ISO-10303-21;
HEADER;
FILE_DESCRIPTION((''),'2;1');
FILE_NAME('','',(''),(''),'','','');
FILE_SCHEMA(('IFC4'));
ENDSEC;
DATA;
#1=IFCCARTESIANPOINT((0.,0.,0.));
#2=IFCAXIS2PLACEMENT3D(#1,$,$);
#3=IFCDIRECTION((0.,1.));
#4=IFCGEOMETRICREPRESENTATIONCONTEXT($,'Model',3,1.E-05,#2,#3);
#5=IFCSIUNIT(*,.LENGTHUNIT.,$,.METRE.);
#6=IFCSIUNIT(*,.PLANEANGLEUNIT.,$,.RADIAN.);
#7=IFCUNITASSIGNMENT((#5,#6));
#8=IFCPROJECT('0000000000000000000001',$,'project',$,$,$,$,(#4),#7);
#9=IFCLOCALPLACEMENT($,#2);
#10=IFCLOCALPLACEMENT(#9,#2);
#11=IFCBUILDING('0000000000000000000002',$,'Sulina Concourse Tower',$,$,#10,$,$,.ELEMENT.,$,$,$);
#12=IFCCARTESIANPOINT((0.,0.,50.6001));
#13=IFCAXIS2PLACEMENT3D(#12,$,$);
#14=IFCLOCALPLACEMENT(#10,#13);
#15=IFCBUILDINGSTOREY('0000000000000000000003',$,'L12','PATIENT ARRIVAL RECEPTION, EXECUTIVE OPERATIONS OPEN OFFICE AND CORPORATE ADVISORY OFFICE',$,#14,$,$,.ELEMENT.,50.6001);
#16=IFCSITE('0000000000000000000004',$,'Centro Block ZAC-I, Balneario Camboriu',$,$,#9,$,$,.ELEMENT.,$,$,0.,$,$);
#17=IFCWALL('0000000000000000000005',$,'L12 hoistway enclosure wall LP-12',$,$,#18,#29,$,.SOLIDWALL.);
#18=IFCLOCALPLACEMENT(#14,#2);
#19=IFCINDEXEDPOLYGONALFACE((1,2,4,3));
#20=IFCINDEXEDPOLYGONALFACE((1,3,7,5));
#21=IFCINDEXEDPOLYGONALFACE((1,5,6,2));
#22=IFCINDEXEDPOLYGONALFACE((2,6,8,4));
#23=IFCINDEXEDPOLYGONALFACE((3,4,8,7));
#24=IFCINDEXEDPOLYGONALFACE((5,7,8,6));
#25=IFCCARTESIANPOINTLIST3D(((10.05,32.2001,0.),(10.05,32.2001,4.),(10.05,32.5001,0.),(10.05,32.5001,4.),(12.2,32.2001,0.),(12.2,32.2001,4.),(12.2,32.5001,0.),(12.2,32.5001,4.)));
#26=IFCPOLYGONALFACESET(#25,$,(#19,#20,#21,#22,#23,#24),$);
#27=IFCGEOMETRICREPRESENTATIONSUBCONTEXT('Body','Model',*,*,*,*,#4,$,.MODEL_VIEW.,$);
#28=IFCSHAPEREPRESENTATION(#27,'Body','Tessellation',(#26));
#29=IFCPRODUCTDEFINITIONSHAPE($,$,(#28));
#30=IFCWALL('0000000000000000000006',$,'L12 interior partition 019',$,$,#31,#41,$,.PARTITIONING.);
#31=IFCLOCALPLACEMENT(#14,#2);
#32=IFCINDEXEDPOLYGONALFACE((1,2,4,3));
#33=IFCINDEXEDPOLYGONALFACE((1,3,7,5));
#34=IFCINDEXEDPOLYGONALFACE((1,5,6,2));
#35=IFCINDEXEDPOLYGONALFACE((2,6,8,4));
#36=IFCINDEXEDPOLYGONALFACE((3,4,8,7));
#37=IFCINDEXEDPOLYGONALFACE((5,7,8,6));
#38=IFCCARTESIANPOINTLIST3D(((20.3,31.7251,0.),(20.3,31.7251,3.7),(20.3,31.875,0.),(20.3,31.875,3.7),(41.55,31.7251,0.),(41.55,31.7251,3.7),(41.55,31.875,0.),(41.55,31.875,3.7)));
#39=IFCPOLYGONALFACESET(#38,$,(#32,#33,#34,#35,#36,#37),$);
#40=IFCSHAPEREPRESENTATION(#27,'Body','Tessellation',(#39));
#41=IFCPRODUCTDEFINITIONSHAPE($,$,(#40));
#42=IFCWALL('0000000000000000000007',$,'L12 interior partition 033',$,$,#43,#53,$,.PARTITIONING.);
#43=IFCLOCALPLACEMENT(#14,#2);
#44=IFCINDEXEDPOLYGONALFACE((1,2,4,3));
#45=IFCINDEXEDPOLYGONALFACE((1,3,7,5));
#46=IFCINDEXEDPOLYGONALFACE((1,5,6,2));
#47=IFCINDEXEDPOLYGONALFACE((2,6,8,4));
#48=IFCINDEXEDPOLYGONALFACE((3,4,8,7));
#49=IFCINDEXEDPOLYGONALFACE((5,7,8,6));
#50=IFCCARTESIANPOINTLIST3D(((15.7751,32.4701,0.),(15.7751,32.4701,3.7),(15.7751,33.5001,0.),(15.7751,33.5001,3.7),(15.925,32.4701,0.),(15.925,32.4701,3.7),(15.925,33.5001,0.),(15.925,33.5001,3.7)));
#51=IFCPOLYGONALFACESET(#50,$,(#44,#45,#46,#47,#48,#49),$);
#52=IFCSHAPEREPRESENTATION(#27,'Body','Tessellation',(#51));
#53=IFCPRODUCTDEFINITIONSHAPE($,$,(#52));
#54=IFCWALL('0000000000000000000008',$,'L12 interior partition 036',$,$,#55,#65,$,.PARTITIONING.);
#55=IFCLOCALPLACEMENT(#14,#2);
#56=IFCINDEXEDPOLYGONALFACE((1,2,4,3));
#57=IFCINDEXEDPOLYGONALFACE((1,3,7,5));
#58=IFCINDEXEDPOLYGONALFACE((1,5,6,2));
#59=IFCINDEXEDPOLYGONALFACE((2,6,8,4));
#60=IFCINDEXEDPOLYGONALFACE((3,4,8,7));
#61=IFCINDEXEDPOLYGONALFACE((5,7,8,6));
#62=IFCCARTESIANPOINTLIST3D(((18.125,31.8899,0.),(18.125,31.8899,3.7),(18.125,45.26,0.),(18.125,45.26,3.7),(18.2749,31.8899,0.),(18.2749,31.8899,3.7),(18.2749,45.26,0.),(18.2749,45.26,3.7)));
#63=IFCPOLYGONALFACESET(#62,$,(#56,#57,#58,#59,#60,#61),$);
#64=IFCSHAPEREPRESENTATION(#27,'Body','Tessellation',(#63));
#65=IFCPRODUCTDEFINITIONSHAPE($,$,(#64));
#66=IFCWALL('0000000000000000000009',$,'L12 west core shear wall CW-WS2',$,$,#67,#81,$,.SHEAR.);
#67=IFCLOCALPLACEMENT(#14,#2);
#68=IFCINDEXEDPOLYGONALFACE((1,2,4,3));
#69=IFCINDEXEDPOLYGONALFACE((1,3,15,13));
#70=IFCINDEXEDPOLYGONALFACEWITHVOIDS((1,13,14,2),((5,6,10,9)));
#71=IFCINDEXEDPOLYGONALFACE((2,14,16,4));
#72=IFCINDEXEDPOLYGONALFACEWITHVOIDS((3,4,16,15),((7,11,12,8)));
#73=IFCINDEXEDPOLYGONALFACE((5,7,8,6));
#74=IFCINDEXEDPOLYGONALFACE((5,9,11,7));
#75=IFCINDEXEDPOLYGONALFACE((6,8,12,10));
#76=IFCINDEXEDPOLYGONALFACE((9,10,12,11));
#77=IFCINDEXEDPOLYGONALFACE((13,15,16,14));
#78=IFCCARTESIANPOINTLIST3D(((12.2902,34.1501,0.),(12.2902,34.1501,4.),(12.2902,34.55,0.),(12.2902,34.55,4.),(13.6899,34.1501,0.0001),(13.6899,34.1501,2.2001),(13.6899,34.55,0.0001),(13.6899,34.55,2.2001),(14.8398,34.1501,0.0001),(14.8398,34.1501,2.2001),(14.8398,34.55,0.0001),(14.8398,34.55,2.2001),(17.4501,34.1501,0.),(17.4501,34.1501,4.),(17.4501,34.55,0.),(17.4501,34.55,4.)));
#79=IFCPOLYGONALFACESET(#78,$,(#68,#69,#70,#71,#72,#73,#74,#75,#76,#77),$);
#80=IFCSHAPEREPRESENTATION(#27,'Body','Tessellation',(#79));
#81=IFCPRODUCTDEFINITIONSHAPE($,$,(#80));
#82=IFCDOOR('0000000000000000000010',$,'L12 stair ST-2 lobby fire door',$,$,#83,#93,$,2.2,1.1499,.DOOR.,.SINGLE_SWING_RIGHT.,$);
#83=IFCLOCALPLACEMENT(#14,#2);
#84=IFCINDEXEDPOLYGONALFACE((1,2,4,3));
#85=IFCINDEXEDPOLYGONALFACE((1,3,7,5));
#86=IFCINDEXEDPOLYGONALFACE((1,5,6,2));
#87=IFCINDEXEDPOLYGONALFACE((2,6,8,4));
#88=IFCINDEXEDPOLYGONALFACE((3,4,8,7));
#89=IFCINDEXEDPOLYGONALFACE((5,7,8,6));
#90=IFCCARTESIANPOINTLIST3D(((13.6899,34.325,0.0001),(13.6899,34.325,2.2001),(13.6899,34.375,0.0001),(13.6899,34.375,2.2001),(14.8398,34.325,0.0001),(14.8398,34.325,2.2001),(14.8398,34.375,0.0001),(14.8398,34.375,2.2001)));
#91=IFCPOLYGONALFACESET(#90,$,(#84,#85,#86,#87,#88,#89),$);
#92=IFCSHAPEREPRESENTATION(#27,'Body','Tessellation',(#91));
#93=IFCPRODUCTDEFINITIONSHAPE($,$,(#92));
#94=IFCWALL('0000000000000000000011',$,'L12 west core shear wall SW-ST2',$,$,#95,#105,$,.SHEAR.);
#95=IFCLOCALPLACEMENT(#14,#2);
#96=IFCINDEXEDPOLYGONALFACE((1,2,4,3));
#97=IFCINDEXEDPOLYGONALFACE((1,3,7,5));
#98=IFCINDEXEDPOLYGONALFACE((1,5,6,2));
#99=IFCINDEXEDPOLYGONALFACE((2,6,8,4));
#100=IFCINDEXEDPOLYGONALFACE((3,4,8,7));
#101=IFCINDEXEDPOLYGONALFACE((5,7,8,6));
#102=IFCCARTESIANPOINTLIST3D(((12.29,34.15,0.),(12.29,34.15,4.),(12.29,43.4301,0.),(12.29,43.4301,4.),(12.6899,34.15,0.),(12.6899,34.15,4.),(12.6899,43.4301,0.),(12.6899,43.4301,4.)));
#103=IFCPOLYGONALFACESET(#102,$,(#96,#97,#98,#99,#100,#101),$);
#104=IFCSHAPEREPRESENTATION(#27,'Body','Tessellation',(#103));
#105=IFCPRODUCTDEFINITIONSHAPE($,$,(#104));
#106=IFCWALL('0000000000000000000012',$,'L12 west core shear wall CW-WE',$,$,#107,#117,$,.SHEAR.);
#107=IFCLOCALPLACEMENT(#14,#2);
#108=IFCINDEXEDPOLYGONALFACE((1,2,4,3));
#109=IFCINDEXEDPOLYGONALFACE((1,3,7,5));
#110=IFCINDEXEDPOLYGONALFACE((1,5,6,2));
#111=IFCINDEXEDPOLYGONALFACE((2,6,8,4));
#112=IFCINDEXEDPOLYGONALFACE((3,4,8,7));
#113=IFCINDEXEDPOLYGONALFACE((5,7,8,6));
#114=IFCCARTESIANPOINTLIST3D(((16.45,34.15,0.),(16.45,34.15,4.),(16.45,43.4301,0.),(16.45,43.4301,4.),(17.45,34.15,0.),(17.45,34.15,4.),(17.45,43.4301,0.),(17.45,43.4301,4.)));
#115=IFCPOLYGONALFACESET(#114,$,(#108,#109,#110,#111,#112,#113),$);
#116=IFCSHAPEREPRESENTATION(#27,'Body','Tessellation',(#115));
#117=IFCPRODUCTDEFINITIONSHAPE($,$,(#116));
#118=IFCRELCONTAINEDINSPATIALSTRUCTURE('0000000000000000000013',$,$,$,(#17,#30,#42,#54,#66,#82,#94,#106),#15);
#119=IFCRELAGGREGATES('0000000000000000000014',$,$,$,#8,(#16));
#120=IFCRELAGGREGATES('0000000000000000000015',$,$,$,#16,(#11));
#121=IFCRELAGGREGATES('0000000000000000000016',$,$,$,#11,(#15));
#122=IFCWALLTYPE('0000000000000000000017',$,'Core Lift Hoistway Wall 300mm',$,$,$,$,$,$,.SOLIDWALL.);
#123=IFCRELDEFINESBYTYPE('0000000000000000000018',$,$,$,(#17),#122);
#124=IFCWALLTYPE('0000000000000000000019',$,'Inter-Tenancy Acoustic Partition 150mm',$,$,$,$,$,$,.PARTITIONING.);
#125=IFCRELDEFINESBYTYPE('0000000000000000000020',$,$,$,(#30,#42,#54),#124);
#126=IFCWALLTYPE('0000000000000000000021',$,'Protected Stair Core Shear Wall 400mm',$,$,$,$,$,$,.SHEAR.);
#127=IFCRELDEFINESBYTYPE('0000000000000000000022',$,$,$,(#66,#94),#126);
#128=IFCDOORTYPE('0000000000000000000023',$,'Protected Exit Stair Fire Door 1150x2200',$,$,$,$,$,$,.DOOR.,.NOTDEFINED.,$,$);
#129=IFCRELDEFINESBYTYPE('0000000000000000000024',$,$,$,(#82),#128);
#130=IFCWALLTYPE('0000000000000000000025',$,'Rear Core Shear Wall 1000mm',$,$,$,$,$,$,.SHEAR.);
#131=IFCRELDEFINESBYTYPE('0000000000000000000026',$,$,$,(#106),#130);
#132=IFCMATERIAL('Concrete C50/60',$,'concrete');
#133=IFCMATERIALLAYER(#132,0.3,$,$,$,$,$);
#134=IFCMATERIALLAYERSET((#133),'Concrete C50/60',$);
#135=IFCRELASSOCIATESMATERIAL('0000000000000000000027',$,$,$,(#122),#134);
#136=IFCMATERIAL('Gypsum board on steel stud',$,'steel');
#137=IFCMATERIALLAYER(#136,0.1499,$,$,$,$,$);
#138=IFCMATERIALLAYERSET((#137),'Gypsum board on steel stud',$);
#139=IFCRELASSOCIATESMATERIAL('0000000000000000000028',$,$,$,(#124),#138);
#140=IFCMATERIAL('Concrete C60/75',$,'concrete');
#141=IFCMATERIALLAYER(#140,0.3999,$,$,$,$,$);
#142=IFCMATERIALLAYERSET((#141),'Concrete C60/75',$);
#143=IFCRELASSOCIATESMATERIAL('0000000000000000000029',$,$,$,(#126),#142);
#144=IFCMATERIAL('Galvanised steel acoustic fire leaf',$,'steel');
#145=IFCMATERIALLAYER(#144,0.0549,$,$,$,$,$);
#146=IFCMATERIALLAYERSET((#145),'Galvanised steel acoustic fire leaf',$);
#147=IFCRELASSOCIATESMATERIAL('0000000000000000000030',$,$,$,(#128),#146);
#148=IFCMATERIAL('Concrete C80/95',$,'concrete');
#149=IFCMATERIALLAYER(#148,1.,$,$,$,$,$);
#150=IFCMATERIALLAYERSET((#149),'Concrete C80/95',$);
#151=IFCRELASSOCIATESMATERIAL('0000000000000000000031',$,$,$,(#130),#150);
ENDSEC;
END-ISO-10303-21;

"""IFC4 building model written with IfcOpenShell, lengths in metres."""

from ifc_helpers import new_model, si_unit, direction, frame, frame_2d, origin, place, context, subcontext, project, spatial, rectangle, extrude, material, layer, layer_set, type_object, element, fill, save


model = new_model("IFC4")

# Units and contexts
model_context = context("Model", 3, precision=1e-05, world=origin(), true_north=direction((0.0, 1.0)))
body_context = subcontext(model_context, "Body", "Model", "MODEL_VIEW")
ifc_project = project(units=[si_unit("LENGTHUNIT", "METRE"), si_unit("PLANEANGLEUNIT", "RADIAN")], contexts=[model_context])

# Site, building, storey
site_placement = place(None, origin())
site = spatial("IfcSite", under=ifc_project, at=site_placement, Name="Centro Block ZAC-I, Balneario Camboriu", CompositionType="ELEMENT", RefElevation=0.0)
building_placement = place(site_placement, origin())
building = spatial("IfcBuilding", under=site, at=building_placement, Name="Sulina Concourse Tower", CompositionType="ELEMENT")
storey_placement = place(building_placement, frame((0.0, 0.0, 50.6001)))
storey = spatial("IfcBuildingStorey", under=building, at=storey_placement, Name="L12", Description="PATIENT ARRIVAL RECEPTION, EXECUTIVE OPERATIONS OPEN OFFICE AND CORPORATE ADVISORY OFFICE", CompositionType="ELEMENT", Elevation=50.6001)

# Walls
ifc_material_1 = material(Name="Concrete C50/60", Category="concrete")
ifc_layer_1 = layer(ifc_material_1, 0.3)
ifc_layer_set_1 = layer_set([ifc_layer_1], Name="Concrete C50/60")
wall_type_1 = type_object("IfcWallType", Name="Core Lift Hoistway Wall 300mm", PredefinedType="SOLIDWALL", material=ifc_layer_set_1)
wall_1_placement = place(storey_placement, frame((10.05, 32.3501, 0.0), z_axis=(0.0, 0.0, 1.0), x_axis=(1.0, 0.0, 0.0)))
element("IfcWall", 1, at=wall_1_placement, inside=storey, type_object=wall_type_1, Name="L12 hoistway enclosure wall LP-12", PredefinedType="SOLIDWALL", context=body_context, shape_type="SweptSolid", body=[
    extrude(rectangle(XDim=2.1499, YDim=0.3, at=frame_2d((1.075, 0.0))), origin(), (0.0, 0.0, 1.0), 4.0),
])
ifc_material_2 = material(Name="Gypsum board on steel stud", Category="steel")
ifc_layer_2 = layer(ifc_material_2, 0.1499)
ifc_layer_set_2 = layer_set([ifc_layer_2], Name="Gypsum board on steel stud")
wall_type_2 = type_object("IfcWallType", Name="Inter-Tenancy Acoustic Partition 150mm", PredefinedType="PARTITIONING", material=ifc_layer_set_2)
wall_2_placement = place(storey_placement, frame((20.3, 31.8, 0.0), z_axis=(0.0, 0.0, 1.0), x_axis=(1.0, 0.0, 0.0)))
element("IfcWall", 2, at=wall_2_placement, inside=storey, type_object=wall_type_2, Name="L12 interior partition 019", PredefinedType="PARTITIONING", context=body_context, shape_type="SweptSolid", body=[
    extrude(rectangle(XDim=21.25, YDim=0.1499, at=frame_2d((10.625, 0.0))), origin(), (0.0, 0.0, 1.0), 3.7),
])
wall_3_placement = place(storey_placement, frame((15.8501, 32.47, 0.0), z_axis=(0.0, 0.0, 1.0), x_axis=(0.0, 1.0, 0.0)))
element("IfcWall", 3, at=wall_3_placement, inside=storey, type_object=wall_type_2, Name="L12 interior partition 033", PredefinedType="PARTITIONING", context=body_context, shape_type="SweptSolid", body=[
    extrude(rectangle(XDim=1.03, YDim=0.1499, at=frame_2d((0.5151, 0.0))), origin(), (0.0, 0.0, 1.0), 3.7),
])
wall_4_placement = place(storey_placement, frame((18.2, 31.8899, 0.0), z_axis=(0.0, 0.0, 1.0), x_axis=(0.0, 1.0, 0.0)))
element("IfcWall", 4, at=wall_4_placement, inside=storey, type_object=wall_type_2, Name="L12 interior partition 036", PredefinedType="PARTITIONING", context=body_context, shape_type="SweptSolid", body=[
    extrude(rectangle(XDim=13.3701, YDim=0.1499, at=frame_2d((6.6851, 0.0))), origin(), (0.0, 0.0, 1.0), 3.7),
])

# Wall, opening, door
ifc_material_3 = material(Name="Concrete C60/75", Category="concrete")
ifc_layer_3 = layer(ifc_material_3, 0.3999)
ifc_layer_set_3 = layer_set([ifc_layer_3], Name="Concrete C60/75")
wall_type_3 = type_object("IfcWallType", Name="Protected Stair Core Shear Wall 400mm", PredefinedType="SHEAR", material=ifc_layer_set_3)
wall_5_placement = place(storey_placement, frame((12.29, 34.3501, 0.0), z_axis=(0.0, 0.0, 1.0), x_axis=(1.0, 0.0, 0.0)))
wall_5 = element("IfcWall", 5, at=wall_5_placement, inside=storey, type_object=wall_type_3, Name="L12 west core shear wall CW-WS2", PredefinedType="SHEAR", context=body_context, shape_type="SweptSolid", body=[
    extrude(rectangle(XDim=5.1599, YDim=0.3999, at=frame_2d((2.5801, 0.0))), origin(), (0.0, 0.0, 1.0), 4.0),
])
opening_1_placement = place(wall_5_placement, frame((1.3999, 0.0, 0.0)))
opening_1 = element("IfcOpeningElement", 6, at=opening_1_placement, cuts=wall_5, PredefinedType="OPENING", context=body_context, shape_type="SweptSolid", body=[
    extrude(rectangle(XDim=1.1499, YDim=2.2, at=frame_2d((0.575, 1.1001))), frame((0.0, 0.21, 0.0), z_axis=(0.0, -1.0, 0.0), x_axis=(1.0, 0.0, 0.0)), (0.0, 0.0, 1.0), 0.4199),
])
ifc_material_4 = material(Name="Galvanised steel acoustic fire leaf", Category="steel")
ifc_layer_4 = layer(ifc_material_4, 0.0549)
ifc_layer_set_4 = layer_set([ifc_layer_4], Name="Galvanised steel acoustic fire leaf")
door_type_1 = type_object("IfcDoorType", Name="Protected Exit Stair Fire Door 1150x2200", OperationType="NOTDEFINED", PredefinedType="DOOR", material=ifc_layer_set_4)
door_1_placement = place(opening_1_placement, origin())
door_1 = element("IfcDoor", 7, at=door_1_placement, inside=storey, type_object=door_type_1, Name="L12 stair ST-2 lobby fire door", OperationType="SINGLE_SWING_RIGHT", OverallHeight=2.2, OverallWidth=1.1499, PredefinedType="DOOR", context=body_context, shape_type="SweptSolid", body=[
    extrude(rectangle(XDim=1.1499, YDim=2.2, at=frame_2d((0.575, 1.1001))), frame((0.0, 0.0249, 0.0), z_axis=(0.0, -1.0, 0.0), x_axis=(1.0, 0.0, 0.0)), (0.0, 0.0, 1.0), 0.05),
])
fill(opening_1, door_1)

# Walls
wall_6_placement = place(storey_placement, frame((12.49, 34.1499, 0.0), z_axis=(0.0, 0.0, 1.0), x_axis=(0.0, 1.0, 0.0)))
element("IfcWall", 8, at=wall_6_placement, inside=storey, type_object=wall_type_3, Name="L12 west core shear wall SW-ST2", PredefinedType="SHEAR", context=body_context, shape_type="SweptSolid", body=[
    extrude(rectangle(XDim=9.28, YDim=0.3999, at=frame_2d((4.6401, 0.0))), origin(), (0.0, 0.0, 1.0), 4.0),
])
ifc_material_5 = material(Name="Concrete C80/95", Category="concrete")
ifc_layer_5 = layer(ifc_material_5, 1.0)
ifc_layer_set_5 = layer_set([ifc_layer_5], Name="Concrete C80/95")
wall_type_4 = type_object("IfcWallType", Name="Rear Core Shear Wall 1000mm", PredefinedType="SHEAR", material=ifc_layer_set_5)
wall_7_placement = place(storey_placement, frame((16.95, 34.1499, 0.0), z_axis=(0.0, 0.0, 1.0), x_axis=(0.0, 1.0, 0.0)))
element("IfcWall", 9, at=wall_7_placement, inside=storey, type_object=wall_type_4, Name="L12 west core shear wall CW-WE", PredefinedType="SHEAR", context=body_context, shape_type="SweptSolid", body=[
    extrude(rectangle(XDim=9.28, YDim=1.0, at=frame_2d((4.6401, 0.0))), origin(), (0.0, 0.0, 1.0), 4.0),
])

save(model, "model.ifc")
